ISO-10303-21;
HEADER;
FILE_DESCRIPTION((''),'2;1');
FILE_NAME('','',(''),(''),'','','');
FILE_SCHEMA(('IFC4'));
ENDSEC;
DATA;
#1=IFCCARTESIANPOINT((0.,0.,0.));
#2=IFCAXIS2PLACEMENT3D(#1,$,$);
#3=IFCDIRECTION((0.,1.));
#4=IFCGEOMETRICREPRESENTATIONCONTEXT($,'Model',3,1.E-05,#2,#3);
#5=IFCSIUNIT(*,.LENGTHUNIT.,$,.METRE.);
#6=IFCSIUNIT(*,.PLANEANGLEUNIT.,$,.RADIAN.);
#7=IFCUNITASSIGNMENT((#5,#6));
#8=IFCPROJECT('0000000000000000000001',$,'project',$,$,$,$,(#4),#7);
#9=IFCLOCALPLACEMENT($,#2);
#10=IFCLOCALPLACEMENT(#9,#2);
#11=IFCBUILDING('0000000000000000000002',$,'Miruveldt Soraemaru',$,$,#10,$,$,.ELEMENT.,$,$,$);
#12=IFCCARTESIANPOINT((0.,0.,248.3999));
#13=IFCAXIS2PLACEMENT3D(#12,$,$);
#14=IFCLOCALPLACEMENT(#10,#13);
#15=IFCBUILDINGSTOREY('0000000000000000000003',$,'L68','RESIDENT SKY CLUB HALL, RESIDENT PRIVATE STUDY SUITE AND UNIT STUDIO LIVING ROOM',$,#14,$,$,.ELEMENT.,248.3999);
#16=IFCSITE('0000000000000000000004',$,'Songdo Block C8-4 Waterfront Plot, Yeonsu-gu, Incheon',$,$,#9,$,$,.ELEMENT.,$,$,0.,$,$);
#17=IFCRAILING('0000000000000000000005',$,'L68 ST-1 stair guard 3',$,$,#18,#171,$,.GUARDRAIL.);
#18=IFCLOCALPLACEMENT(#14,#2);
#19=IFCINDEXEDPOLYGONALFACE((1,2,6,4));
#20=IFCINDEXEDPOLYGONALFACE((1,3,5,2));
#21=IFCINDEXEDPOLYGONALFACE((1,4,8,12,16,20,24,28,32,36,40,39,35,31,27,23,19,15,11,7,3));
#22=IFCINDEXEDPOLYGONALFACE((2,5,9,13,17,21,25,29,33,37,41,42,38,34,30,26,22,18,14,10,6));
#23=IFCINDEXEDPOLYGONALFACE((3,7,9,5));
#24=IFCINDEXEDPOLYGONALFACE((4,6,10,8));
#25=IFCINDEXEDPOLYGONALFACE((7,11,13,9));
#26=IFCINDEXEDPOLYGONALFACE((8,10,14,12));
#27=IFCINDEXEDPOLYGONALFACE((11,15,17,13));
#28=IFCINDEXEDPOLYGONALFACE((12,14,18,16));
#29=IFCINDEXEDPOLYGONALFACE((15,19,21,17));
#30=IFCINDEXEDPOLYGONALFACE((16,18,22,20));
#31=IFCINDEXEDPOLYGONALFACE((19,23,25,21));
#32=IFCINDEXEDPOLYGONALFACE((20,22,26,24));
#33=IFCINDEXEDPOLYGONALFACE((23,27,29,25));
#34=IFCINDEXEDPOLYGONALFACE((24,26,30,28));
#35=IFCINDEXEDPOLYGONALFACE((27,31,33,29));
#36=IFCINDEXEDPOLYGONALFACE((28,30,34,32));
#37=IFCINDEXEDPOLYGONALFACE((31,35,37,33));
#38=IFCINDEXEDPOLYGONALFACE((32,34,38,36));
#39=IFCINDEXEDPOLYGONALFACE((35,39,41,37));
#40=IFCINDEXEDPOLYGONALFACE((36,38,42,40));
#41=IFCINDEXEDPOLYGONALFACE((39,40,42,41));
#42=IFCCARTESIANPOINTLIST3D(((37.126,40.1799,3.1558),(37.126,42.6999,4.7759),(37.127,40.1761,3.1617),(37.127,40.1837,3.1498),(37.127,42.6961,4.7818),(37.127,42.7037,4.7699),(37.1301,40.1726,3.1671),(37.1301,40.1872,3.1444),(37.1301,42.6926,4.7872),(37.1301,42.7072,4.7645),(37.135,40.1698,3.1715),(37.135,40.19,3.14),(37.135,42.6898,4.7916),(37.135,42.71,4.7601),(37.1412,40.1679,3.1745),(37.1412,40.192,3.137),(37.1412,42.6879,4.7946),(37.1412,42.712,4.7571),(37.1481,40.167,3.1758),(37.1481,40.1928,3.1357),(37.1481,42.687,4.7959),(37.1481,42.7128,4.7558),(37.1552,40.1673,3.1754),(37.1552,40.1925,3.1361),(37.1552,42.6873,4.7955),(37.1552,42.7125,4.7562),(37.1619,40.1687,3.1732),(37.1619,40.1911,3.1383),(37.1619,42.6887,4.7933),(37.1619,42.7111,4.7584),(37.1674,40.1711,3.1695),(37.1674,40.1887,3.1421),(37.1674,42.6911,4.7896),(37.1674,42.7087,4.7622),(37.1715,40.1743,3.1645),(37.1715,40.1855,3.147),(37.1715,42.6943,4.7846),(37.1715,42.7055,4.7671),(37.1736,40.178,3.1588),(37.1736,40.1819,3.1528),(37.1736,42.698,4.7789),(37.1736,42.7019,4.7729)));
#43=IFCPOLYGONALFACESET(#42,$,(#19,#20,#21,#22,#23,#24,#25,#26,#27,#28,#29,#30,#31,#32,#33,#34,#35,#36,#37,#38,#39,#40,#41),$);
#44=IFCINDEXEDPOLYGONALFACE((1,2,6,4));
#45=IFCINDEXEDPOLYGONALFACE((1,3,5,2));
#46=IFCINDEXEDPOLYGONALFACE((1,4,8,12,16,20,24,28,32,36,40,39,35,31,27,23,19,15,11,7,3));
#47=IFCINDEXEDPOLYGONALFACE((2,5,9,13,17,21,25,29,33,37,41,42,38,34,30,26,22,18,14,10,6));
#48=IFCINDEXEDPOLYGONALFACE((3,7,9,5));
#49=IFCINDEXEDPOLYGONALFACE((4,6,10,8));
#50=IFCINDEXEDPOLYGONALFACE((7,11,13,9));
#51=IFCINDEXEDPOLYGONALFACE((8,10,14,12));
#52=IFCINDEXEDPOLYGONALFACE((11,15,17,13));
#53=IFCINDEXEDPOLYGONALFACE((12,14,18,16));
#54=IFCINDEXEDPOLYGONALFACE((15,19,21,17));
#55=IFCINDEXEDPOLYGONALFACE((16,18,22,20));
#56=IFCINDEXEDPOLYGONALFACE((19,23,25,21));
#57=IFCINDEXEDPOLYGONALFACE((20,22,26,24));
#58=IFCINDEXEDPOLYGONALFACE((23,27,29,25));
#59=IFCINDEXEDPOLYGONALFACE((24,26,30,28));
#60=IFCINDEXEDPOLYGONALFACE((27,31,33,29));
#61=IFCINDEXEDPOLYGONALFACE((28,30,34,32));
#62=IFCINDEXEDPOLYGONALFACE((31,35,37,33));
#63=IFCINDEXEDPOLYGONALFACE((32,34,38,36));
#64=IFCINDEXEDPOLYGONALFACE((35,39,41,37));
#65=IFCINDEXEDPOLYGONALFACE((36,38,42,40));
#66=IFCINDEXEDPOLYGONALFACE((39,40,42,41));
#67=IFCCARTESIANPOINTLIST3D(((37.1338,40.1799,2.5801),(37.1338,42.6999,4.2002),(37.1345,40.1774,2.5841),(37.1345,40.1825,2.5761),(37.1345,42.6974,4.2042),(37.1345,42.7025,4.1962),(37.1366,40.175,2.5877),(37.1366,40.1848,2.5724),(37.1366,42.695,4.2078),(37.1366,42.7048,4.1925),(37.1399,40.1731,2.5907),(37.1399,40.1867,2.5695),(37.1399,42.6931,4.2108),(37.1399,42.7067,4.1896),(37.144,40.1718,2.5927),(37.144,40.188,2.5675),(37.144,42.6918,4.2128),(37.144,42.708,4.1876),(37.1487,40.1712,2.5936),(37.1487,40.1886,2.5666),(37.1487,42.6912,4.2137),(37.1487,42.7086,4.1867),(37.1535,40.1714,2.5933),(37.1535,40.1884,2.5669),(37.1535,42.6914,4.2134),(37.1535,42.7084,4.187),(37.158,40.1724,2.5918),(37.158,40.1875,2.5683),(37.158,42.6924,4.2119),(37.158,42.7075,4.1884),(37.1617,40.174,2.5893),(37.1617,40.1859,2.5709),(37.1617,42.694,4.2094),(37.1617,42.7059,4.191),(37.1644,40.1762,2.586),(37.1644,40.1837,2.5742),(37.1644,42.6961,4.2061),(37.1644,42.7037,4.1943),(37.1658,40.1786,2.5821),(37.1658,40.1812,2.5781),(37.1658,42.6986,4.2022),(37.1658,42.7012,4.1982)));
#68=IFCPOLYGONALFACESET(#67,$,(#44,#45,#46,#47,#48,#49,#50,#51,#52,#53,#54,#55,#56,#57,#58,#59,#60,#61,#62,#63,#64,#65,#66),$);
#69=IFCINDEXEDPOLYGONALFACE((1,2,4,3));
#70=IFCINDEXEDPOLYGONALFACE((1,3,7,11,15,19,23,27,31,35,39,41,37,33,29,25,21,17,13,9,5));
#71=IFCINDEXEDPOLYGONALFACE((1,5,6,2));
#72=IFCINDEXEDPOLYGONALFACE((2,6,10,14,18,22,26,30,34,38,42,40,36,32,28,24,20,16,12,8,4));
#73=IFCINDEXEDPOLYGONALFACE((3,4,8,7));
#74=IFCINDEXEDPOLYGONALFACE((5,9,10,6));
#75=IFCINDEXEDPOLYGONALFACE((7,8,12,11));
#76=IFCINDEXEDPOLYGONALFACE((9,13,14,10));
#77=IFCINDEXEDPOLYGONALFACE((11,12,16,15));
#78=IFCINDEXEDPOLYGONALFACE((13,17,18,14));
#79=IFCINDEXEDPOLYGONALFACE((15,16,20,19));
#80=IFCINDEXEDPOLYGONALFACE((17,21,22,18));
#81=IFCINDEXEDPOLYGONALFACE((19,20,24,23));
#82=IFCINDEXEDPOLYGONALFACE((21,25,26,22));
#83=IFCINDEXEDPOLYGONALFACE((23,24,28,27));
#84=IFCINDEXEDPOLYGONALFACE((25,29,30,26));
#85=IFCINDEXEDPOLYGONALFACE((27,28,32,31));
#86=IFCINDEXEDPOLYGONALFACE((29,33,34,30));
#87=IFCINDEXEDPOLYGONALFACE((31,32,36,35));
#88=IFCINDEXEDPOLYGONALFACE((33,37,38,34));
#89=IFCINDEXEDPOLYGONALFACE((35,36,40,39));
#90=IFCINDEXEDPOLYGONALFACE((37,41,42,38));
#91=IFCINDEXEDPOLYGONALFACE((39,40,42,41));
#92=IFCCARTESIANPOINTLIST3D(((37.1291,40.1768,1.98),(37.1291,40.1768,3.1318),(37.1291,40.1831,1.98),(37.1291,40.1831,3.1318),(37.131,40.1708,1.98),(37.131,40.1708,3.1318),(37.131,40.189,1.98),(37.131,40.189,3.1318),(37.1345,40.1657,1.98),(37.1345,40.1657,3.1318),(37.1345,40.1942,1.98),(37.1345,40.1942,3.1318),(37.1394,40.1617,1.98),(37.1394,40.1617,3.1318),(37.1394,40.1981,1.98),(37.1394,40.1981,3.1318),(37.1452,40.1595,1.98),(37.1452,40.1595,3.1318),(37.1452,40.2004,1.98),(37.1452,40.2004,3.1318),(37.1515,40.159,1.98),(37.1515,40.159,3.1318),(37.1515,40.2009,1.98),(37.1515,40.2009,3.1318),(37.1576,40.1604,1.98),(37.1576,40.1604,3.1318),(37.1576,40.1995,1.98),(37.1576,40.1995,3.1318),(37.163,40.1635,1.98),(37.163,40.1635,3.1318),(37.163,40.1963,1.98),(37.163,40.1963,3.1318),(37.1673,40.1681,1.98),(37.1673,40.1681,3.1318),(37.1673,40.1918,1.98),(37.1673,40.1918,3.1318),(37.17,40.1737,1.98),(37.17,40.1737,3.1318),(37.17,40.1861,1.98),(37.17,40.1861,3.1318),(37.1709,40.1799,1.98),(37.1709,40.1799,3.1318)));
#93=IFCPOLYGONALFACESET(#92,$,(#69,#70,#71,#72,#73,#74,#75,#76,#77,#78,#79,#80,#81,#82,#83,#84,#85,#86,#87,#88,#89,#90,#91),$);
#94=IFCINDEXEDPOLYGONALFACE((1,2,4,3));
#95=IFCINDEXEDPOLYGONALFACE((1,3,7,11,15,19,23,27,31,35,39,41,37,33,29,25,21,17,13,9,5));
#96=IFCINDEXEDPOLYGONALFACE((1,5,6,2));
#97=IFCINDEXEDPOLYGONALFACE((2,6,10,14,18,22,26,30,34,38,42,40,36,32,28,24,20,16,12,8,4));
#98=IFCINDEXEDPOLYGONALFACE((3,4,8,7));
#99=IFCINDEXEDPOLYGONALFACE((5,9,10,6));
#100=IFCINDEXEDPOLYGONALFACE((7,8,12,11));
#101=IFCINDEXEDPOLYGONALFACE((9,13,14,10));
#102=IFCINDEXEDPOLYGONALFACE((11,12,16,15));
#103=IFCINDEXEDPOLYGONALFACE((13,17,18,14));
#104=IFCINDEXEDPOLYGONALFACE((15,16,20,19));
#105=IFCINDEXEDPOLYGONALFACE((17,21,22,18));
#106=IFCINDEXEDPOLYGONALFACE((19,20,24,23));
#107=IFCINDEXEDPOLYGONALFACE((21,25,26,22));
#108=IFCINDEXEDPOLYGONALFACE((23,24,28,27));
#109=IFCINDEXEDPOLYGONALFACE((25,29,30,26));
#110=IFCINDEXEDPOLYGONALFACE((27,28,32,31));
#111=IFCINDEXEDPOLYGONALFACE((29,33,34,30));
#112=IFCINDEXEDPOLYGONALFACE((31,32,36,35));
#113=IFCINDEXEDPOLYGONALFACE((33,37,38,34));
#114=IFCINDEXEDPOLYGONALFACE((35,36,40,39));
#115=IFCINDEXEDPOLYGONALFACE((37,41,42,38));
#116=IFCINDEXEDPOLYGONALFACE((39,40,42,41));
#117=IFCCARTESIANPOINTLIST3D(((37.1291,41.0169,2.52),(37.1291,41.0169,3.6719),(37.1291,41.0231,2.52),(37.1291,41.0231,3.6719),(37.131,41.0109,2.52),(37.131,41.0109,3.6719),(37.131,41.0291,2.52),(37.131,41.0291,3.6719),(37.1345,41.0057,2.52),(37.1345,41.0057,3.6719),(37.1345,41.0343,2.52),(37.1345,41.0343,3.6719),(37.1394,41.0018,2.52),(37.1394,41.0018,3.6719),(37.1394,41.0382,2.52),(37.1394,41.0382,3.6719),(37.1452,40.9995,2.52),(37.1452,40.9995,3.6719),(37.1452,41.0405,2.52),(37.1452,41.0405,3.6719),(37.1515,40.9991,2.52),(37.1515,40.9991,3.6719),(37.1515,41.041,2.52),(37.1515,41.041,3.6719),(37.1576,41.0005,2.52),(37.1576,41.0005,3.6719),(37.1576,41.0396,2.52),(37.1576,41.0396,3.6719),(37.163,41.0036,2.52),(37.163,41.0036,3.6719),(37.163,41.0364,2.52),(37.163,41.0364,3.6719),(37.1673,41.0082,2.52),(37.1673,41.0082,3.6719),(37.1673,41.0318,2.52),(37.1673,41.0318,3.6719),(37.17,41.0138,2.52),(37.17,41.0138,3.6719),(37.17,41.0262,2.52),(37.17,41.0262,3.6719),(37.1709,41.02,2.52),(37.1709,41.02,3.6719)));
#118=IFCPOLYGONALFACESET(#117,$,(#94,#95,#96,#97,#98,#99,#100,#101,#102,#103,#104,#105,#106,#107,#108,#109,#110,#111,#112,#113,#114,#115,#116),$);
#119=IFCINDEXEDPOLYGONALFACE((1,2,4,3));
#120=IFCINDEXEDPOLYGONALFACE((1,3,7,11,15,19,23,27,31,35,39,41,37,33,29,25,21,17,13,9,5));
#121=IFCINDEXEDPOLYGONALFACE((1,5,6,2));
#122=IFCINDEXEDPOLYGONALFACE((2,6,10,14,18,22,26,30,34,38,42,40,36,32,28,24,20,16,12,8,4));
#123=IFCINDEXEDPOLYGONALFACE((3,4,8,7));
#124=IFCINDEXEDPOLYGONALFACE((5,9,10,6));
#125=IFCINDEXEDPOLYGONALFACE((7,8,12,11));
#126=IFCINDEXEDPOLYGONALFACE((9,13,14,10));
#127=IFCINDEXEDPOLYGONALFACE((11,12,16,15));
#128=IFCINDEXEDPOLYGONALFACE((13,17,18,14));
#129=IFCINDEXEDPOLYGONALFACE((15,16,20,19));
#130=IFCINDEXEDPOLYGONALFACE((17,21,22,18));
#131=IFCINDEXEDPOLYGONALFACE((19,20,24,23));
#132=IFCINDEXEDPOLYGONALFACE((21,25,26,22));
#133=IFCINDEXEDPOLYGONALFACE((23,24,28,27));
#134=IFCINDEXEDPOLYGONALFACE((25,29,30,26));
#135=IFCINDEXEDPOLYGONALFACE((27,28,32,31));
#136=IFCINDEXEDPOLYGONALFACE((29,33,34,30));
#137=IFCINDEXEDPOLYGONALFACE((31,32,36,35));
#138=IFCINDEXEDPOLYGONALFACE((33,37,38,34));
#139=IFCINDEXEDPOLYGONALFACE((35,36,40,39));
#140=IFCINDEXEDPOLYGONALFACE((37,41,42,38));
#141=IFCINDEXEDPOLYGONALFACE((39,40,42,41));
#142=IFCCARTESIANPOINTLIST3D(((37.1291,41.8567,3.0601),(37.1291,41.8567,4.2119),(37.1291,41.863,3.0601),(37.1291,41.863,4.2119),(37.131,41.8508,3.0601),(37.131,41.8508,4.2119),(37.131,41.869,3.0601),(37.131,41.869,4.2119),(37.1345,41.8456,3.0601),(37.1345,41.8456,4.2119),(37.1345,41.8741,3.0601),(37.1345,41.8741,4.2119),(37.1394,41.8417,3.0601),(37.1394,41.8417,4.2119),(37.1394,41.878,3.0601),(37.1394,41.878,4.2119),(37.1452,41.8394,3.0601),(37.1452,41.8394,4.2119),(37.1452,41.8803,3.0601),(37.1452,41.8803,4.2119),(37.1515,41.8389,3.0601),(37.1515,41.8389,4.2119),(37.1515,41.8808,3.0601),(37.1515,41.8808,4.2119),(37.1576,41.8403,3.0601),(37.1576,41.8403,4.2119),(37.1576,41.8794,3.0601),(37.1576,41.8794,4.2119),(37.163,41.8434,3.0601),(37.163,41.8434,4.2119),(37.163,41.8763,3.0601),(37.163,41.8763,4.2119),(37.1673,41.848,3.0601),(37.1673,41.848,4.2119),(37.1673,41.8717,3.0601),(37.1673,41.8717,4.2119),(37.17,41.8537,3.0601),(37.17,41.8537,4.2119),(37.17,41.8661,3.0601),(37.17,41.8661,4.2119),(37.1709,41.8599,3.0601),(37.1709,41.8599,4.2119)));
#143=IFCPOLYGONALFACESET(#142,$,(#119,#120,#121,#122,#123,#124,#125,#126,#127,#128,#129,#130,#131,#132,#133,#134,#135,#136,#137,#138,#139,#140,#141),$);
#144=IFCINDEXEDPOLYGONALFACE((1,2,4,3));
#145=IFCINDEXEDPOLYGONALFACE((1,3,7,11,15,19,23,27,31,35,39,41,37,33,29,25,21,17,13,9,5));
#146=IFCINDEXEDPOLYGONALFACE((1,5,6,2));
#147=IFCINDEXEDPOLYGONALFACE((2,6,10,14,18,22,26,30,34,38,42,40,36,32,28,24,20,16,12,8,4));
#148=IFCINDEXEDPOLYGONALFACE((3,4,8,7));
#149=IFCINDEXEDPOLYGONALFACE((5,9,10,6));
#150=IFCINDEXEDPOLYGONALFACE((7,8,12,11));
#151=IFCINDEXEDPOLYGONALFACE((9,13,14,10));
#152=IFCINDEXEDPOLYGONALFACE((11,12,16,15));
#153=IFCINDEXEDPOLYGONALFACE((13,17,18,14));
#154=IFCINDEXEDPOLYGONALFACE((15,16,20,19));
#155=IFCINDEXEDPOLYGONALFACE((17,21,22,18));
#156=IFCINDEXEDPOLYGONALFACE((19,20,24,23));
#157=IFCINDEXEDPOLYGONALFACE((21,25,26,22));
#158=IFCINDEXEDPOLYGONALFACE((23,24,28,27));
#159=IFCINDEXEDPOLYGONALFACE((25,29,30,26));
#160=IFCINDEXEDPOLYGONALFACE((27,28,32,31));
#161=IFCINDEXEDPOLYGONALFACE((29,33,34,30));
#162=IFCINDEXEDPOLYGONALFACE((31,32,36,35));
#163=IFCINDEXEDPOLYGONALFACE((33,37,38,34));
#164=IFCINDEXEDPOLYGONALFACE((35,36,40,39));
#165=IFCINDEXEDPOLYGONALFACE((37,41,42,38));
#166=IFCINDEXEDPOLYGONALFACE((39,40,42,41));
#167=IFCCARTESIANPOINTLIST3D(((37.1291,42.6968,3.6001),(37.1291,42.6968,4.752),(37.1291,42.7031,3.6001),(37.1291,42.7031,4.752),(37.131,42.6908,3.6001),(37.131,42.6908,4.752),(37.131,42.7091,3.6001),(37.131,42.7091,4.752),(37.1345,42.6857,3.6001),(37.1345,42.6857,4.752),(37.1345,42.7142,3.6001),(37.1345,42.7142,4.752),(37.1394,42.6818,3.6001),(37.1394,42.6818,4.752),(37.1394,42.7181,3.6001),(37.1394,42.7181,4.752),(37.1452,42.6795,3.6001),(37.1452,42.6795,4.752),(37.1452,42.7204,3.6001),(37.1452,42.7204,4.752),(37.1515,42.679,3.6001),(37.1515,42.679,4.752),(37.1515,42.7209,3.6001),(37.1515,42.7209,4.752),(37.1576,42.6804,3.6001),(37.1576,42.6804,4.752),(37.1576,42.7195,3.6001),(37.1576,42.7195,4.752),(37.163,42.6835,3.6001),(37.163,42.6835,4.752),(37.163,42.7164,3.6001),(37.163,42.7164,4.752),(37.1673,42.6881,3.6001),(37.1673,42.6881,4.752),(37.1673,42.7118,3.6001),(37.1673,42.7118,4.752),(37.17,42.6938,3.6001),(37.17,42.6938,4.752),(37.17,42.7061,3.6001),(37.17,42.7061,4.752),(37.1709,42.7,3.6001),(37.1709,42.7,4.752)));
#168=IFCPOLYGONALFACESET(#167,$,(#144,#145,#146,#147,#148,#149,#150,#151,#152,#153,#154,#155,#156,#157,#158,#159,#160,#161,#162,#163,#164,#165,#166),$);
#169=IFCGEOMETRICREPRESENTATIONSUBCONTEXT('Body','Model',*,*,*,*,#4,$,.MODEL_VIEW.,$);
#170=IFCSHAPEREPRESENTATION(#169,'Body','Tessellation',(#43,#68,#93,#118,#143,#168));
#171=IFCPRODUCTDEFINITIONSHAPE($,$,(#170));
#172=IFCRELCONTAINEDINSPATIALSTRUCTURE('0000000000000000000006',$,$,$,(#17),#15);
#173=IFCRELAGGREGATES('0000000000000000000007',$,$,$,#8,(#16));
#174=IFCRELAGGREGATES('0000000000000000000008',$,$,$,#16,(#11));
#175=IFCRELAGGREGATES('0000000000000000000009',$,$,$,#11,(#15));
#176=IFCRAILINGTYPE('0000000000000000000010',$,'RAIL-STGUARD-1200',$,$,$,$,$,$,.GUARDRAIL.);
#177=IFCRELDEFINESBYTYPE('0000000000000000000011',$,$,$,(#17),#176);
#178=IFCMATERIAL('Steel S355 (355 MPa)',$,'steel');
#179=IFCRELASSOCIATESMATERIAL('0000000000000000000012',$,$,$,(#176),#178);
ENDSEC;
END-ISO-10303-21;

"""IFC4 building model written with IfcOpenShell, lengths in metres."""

from ifc_helpers import new_model, si_unit, direction, frame, origin, origin_2d, place, context, subcontext, project, spatial, circle, extrude, material, type_object, element, save


model = new_model("IFC4")

# Units and contexts
model_context = context("Model", 3, precision=1e-05, world=origin(), true_north=direction((0.0, 1.0)))
body_context = subcontext(model_context, "Body", "Model", "MODEL_VIEW")
ifc_project = project(units=[si_unit("LENGTHUNIT", "METRE"), si_unit("PLANEANGLEUNIT", "RADIAN")], contexts=[model_context])

# Site, building, storey
site_placement = place(None, origin())
site = spatial("IfcSite", under=ifc_project, at=site_placement, Name="Songdo Block C8-4 Waterfront Plot, Yeonsu-gu, Incheon", CompositionType="ELEMENT", RefElevation=0.0)
building_placement = place(site_placement, origin())
building = spatial("IfcBuilding", under=site, at=building_placement, Name="Miruveldt Soraemaru", CompositionType="ELEMENT")
storey_placement = place(building_placement, frame((0.0, 0.0, 248.3999)))
storey = spatial("IfcBuildingStorey", under=building, at=storey_placement, Name="L68", Description="RESIDENT SKY CLUB HALL, RESIDENT PRIVATE STUDY SUITE AND UNIT STUDIO LIVING ROOM", CompositionType="ELEMENT", Elevation=248.3999)

# Railing
ifc_material_1 = material(Name="Steel S355 (355 MPa)", Category="steel")
railing_type_1 = type_object("IfcRailingType", Name="RAIL-STGUARD-1200", PredefinedType="GUARDRAIL", material=ifc_material_1)
railing_1_placement = place(storey_placement, frame((37.1499, 40.1799, 1.98)))
element("IfcRailing", 1, at=railing_1_placement, inside=storey, type_object=railing_type_1, Name="L68 ST-1 stair guard 3", PredefinedType="GUARDRAIL", context=body_context, shape_type="SweptSolid", body=[
    extrude(circle(Radius=0.0239, at=origin_2d()), frame((0.0, 0.0, 1.1758), z_axis=(0.0, 0.841163, 0.540782), x_axis=(-1.0, 0.0, 0.0)), (0.0, 0.0, 1.0), 2.9958),
    extrude(circle(Radius=0.0161, at=origin_2d()), frame((0.0, 0.0, 0.6001), z_axis=(0.0, 0.841163, 0.540782), x_axis=(-1.0, 0.0, 0.0)), (0.0, 0.0, 1.0), 2.9958),
    extrude(circle(Radius=0.021, at=origin_2d()), origin(), (0.0, 0.0, 1.0), 1.1519),
    extrude(circle(Radius=0.021, at=origin_2d()), frame((0.0, 0.8401, 0.54)), (0.0, 0.0, 1.0), 1.1519),
    extrude(circle(Radius=0.021, at=origin_2d()), frame((0.0, 1.6799, 1.0801)), (0.0, 0.0, 1.0), 1.1519),
    extrude(circle(Radius=0.021, at=origin_2d()), frame((0.0, 2.52, 1.6201)), (0.0, 0.0, 1.0), 1.1519),
])

save(model, "model.ifc")
